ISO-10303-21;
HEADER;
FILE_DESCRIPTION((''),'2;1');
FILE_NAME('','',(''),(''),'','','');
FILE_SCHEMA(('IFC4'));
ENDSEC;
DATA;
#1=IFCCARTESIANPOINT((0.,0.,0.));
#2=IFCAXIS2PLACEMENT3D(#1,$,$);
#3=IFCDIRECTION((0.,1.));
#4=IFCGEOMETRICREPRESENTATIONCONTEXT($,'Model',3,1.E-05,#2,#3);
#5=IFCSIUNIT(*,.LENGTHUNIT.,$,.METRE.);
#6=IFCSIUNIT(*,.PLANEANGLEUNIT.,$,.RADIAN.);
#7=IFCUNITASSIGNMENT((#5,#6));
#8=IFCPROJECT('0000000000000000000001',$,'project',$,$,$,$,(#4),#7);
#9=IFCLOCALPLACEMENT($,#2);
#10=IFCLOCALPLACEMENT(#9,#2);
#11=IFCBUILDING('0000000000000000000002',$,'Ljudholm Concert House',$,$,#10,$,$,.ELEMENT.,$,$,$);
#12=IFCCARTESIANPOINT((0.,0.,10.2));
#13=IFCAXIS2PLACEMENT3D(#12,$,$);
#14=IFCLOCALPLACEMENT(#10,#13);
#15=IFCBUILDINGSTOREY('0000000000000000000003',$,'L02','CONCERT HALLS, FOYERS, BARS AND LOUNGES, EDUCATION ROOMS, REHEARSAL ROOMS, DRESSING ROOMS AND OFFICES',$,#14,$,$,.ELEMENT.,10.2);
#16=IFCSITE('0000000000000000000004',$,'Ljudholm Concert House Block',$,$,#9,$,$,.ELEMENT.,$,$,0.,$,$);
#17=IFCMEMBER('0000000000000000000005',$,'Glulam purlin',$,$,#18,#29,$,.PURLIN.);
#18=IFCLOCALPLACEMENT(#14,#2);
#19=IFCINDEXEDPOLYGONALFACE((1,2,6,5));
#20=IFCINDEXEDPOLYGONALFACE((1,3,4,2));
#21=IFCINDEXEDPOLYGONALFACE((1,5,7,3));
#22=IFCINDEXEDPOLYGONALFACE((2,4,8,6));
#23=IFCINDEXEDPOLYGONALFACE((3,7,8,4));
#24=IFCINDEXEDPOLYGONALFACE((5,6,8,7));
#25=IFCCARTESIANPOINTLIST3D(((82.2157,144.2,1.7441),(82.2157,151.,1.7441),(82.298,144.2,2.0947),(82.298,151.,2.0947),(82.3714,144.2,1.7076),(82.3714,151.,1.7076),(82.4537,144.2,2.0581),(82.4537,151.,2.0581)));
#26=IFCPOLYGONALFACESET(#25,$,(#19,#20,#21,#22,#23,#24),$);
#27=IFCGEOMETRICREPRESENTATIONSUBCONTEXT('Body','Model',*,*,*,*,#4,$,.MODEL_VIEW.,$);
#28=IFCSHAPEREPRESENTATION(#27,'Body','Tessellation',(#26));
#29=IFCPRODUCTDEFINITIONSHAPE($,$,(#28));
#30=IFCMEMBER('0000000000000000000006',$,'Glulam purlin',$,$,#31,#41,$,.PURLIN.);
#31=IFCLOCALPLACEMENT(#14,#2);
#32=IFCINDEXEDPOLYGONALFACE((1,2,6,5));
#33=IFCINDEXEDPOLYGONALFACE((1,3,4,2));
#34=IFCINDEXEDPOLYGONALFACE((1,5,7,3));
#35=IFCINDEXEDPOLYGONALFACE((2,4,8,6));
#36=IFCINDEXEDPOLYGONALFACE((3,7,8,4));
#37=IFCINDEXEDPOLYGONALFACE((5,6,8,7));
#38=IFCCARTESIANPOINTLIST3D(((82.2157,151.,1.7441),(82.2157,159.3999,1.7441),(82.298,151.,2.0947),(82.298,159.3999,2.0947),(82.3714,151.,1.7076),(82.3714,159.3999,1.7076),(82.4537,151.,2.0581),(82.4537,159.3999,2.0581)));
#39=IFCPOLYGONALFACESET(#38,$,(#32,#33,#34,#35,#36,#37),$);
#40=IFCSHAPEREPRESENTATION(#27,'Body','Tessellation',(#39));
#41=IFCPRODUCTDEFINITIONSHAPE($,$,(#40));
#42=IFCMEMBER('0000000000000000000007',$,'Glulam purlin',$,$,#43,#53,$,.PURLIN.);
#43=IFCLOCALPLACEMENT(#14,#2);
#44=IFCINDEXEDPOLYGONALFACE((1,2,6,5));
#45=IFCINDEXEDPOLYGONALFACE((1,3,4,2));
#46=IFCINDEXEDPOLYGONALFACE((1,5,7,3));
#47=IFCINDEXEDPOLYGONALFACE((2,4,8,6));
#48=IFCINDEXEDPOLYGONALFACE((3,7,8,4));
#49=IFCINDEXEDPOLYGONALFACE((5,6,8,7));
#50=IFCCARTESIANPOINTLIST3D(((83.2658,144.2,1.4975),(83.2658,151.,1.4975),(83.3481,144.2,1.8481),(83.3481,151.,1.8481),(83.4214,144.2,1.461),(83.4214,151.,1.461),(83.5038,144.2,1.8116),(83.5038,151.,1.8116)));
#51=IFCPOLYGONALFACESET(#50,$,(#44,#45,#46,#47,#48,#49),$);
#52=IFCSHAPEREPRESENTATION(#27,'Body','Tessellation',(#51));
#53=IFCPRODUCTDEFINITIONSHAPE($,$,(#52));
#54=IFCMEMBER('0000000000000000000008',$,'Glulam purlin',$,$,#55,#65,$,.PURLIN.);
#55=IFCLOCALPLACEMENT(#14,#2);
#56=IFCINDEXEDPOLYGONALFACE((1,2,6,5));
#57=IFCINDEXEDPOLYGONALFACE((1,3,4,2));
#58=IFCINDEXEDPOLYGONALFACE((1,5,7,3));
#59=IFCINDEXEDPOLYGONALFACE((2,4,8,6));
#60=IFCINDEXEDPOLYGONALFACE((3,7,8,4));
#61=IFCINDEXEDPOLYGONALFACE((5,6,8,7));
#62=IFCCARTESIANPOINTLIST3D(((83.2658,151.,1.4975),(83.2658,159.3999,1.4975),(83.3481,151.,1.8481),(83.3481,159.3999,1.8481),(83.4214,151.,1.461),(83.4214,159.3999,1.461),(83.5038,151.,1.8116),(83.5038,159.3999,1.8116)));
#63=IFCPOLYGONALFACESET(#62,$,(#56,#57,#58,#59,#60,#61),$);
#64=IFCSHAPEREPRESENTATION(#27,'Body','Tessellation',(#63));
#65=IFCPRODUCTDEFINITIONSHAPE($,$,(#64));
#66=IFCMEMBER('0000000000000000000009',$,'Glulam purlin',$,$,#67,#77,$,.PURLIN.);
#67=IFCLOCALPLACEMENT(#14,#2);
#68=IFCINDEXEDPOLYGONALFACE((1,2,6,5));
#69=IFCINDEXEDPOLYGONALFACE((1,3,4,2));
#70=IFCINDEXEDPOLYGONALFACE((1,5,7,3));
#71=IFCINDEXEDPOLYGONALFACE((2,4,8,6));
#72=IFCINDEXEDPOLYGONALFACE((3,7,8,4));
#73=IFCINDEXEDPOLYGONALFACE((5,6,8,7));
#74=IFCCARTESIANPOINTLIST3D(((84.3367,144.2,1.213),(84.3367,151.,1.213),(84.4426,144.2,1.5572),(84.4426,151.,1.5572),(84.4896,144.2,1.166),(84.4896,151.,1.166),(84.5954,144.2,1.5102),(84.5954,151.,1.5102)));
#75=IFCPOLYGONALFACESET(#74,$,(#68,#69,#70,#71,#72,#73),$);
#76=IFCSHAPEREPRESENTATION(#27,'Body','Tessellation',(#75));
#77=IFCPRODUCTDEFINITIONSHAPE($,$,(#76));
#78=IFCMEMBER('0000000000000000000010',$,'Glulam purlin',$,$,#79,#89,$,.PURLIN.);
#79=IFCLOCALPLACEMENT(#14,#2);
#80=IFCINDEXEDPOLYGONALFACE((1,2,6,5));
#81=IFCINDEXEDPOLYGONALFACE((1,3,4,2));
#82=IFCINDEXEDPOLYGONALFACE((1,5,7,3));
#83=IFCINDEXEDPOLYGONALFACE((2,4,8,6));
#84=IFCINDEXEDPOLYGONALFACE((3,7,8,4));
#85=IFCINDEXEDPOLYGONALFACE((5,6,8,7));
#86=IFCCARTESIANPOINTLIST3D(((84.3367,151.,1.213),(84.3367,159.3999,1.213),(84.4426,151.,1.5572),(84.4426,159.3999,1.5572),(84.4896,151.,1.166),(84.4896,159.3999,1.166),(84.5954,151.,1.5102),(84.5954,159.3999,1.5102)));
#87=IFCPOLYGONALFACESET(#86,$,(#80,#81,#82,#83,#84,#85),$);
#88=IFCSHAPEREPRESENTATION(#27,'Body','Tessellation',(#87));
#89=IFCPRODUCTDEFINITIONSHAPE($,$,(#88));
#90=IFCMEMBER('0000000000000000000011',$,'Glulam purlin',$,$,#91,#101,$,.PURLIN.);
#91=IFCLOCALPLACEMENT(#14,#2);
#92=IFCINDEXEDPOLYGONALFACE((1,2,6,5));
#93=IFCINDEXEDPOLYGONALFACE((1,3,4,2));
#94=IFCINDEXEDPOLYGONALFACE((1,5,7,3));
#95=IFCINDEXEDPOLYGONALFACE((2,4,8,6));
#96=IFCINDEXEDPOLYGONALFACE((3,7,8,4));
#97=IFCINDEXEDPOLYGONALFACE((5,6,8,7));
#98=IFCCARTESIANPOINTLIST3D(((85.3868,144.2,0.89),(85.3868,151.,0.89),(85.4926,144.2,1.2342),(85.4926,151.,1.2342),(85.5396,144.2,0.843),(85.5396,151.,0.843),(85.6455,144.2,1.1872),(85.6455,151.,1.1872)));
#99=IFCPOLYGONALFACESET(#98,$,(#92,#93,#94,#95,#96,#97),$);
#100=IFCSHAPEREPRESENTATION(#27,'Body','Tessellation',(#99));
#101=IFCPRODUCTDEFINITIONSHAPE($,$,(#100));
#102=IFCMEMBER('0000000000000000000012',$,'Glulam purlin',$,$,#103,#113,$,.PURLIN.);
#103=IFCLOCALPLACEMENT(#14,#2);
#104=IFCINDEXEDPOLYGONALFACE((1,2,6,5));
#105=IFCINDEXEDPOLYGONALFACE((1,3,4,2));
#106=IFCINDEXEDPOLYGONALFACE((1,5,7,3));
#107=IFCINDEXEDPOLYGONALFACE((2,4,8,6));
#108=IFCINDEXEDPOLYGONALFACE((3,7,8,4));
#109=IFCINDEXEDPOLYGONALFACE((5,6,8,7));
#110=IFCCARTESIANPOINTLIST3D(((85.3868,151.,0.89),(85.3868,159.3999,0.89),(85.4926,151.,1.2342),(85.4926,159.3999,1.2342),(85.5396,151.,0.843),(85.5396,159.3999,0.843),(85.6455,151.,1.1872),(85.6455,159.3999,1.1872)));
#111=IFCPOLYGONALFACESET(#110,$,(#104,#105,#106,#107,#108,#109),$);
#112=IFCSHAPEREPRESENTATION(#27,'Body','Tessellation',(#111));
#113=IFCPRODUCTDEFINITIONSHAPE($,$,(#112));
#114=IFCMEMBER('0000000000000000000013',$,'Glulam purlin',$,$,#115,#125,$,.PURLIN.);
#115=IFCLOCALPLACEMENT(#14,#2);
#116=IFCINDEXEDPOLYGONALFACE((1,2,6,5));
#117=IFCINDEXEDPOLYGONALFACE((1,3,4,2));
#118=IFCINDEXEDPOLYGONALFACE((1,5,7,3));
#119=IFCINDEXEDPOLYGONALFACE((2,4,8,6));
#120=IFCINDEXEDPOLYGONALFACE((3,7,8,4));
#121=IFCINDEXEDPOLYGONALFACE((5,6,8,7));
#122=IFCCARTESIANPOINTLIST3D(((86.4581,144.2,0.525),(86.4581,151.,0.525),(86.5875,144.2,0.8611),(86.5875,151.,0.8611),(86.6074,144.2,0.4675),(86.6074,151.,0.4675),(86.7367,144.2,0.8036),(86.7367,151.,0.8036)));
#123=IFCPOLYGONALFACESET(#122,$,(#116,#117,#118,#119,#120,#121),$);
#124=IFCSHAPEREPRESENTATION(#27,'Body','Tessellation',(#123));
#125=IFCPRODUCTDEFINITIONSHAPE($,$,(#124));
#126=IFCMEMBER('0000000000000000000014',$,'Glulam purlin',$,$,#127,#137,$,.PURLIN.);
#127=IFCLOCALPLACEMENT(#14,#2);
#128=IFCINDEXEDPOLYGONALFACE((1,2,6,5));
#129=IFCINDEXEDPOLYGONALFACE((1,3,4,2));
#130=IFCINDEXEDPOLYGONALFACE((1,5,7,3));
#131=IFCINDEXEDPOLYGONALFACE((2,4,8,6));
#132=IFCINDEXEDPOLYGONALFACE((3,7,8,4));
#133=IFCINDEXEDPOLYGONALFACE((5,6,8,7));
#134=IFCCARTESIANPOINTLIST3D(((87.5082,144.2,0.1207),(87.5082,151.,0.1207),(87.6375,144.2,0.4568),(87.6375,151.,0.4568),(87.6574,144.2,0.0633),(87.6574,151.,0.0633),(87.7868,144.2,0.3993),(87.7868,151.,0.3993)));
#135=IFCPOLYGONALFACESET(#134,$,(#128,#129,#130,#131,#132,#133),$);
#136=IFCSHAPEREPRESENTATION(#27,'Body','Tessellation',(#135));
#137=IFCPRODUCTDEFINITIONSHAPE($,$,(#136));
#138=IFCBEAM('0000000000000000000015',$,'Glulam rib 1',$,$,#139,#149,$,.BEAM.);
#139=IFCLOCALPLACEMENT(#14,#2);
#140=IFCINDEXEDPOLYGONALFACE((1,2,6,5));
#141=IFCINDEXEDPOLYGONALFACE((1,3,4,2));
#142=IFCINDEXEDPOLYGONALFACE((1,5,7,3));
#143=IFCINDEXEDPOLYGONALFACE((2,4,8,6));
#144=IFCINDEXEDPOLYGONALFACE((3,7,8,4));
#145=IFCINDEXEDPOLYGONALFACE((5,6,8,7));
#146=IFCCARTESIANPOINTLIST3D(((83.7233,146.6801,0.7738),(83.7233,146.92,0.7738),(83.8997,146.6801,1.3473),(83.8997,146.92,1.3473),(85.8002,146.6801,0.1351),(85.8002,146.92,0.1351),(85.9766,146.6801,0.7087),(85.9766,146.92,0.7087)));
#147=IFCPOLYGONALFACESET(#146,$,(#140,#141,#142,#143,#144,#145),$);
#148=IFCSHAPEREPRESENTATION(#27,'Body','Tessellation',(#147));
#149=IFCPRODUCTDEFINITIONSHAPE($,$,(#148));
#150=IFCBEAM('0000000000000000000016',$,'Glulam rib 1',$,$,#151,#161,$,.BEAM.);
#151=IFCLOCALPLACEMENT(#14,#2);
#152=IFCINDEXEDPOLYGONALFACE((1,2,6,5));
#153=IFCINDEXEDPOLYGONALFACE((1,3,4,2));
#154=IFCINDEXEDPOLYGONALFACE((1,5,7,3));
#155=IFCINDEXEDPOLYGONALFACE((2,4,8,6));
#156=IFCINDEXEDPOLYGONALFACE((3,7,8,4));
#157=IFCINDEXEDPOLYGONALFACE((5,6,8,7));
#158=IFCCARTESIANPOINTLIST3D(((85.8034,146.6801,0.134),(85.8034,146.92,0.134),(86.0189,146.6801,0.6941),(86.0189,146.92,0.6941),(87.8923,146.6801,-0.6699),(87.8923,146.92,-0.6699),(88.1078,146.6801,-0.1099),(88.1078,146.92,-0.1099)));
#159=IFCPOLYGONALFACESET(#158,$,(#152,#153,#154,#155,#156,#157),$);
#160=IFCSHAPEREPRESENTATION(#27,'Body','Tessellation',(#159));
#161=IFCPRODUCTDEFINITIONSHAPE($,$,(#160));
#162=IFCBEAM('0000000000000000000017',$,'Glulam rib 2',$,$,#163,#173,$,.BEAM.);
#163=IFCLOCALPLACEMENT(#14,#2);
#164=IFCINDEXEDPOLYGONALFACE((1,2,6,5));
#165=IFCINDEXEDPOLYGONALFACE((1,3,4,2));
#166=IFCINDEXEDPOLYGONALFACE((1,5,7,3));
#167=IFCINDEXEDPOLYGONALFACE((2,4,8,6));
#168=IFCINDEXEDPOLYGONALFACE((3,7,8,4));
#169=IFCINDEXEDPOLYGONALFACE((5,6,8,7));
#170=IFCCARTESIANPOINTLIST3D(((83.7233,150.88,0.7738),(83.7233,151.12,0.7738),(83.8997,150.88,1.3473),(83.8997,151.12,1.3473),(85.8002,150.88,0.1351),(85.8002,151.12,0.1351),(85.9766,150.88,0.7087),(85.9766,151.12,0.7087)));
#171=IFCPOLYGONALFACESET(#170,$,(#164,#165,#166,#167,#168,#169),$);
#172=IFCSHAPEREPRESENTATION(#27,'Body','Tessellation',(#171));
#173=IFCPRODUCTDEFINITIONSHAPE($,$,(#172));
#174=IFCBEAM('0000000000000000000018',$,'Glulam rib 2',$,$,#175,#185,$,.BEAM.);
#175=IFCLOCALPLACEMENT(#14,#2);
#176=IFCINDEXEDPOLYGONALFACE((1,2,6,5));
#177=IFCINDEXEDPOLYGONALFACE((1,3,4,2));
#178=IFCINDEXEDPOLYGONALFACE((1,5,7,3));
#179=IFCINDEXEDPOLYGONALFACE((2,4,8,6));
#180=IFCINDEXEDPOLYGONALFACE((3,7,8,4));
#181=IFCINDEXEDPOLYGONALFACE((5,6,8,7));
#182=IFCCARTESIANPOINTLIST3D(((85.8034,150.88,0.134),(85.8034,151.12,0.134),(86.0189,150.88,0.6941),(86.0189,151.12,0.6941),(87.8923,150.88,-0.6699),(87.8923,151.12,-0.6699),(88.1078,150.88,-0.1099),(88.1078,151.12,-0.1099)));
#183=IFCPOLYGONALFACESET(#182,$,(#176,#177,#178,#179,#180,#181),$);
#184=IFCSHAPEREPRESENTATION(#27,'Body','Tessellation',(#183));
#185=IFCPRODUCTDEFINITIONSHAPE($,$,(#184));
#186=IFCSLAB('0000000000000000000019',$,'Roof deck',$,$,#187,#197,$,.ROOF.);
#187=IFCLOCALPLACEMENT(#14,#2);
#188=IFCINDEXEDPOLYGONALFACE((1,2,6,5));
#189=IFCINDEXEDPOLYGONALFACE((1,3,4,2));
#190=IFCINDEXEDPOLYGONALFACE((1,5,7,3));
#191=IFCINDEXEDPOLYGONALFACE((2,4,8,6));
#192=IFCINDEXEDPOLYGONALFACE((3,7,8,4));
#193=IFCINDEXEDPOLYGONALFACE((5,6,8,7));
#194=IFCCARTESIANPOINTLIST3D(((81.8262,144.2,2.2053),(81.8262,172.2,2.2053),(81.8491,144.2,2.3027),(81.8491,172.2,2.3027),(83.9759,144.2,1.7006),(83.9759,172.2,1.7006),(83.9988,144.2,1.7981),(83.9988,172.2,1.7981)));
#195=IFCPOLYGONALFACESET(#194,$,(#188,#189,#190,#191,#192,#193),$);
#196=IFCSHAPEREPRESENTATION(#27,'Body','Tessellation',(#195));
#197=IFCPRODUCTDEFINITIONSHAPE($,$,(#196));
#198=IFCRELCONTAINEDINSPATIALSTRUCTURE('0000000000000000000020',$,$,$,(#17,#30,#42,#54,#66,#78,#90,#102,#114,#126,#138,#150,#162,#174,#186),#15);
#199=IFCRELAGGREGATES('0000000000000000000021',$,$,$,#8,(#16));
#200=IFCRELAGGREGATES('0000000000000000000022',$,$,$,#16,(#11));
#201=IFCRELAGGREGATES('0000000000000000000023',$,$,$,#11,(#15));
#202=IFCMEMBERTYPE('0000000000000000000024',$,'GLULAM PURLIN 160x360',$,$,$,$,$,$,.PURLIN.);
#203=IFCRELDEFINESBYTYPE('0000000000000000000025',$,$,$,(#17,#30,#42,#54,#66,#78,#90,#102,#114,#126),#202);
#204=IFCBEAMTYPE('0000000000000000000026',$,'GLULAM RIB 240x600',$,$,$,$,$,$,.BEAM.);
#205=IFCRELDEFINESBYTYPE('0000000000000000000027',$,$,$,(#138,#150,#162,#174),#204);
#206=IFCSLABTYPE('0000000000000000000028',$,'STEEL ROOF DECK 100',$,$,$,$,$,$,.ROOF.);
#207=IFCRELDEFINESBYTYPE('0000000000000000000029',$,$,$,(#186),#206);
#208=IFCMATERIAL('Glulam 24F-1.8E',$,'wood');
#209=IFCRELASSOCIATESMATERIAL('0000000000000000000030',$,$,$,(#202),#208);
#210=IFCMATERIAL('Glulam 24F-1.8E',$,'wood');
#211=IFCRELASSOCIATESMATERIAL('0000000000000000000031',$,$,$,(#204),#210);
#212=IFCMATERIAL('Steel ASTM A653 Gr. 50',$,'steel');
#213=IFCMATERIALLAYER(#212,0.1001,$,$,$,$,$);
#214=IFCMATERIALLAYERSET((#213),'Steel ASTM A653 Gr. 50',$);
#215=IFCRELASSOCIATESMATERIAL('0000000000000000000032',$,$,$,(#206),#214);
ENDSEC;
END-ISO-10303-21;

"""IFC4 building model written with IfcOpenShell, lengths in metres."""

from ifc_helpers import new_model, si_unit, direction, frame, origin, origin_2d, place, context, subcontext, project, spatial, polyline, rectangle, outline, extrude, material, layer, layer_set, material_profile, profile_set, type_object, element, save


model = new_model("IFC4")

# Units and contexts
model_context = context("Model", 3, precision=1e-05, world=origin(), true_north=direction((0.0, 1.0)))
body_context = subcontext(model_context, "Body", "Model", "MODEL_VIEW")
ifc_project = project(units=[si_unit("LENGTHUNIT", "METRE"), si_unit("PLANEANGLEUNIT", "RADIAN")], contexts=[model_context])

# Site, building, storey
site_placement = place(None, origin())
site = spatial("IfcSite", under=ifc_project, at=site_placement, Name="Ljudholm Concert House Block", CompositionType="ELEMENT", RefElevation=0.0)
building_placement = place(site_placement, origin())
building = spatial("IfcBuilding", under=site, at=building_placement, Name="Ljudholm Concert House", CompositionType="ELEMENT")
storey_placement = place(building_placement, frame((0.0, 0.0, 10.2)))
storey = spatial("IfcBuildingStorey", under=building, at=storey_placement, Name="L02", Description="CONCERT HALLS, FOYERS, BARS AND LOUNGES, EDUCATION ROOMS, REHEARSAL ROOMS, DRESSING ROOMS AND OFFICES", CompositionType="ELEMENT", Elevation=10.2)

# Members
ifc_material_1 = material(Name="Glulam 24F-1.8E", Category="wood")
ifc_material_profile_1 = material_profile(ifc_material_1, rectangle(XDim=0.1599, YDim=0.3601, at=origin_2d()), Name="GLULAM PURLIN 160x360")
ifc_profile_set_1 = profile_set([ifc_material_profile_1], Name="Glulam 24F-1.8E")
member_type = type_object("IfcMemberType", Name="GLULAM PURLIN 160x360", PredefinedType="PURLIN", material=ifc_profile_set_1)
member_1_placement = place(storey_placement, frame((82.3347, 144.2, 1.9011), z_axis=(0.0, 1.0, 0.0), x_axis=(-0.973523, 0.0, 0.228589)))
element("IfcMember", 1, at=member_1_placement, inside=storey, type_object=member_type, Name="Glulam purlin", PredefinedType="PURLIN", context=body_context, shape_type="SweptSolid", body=[
    extrude(rectangle(XDim=0.1599, YDim=0.3601, at=origin_2d()), origin(), (0.0, 0.0, 1.0), 6.8),
])
member_2_placement = place(storey_placement, frame((82.3347, 151.0, 1.9011), z_axis=(0.0, 1.0, 0.0), x_axis=(-0.973523, 0.0, 0.228589)))
element("IfcMember", 2, at=member_2_placement, inside=storey, type_object=member_type, Name="Glulam purlin", PredefinedType="PURLIN", context=body_context, shape_type="SweptSolid", body=[
    extrude(rectangle(XDim=0.1599, YDim=0.3601, at=origin_2d()), origin(), (0.0, 0.0, 1.0), 8.3999),
])
member_3_placement = place(storey_placement, frame((83.3848, 144.2, 1.6545), z_axis=(0.0, 1.0, 0.0), x_axis=(-0.973523, 0.0, 0.228589)))
element("IfcMember", 3, at=member_3_placement, inside=storey, type_object=member_type, Name="Glulam purlin", PredefinedType="PURLIN", context=body_context, shape_type="SweptSolid", body=[
    extrude(rectangle(XDim=0.1599, YDim=0.3601, at=origin_2d()), origin(), (0.0, 0.0, 1.0), 6.8),
])
member_4_placement = place(storey_placement, frame((83.3848, 151.0, 1.6545), z_axis=(0.0, 1.0, 0.0), x_axis=(-0.973523, 0.0, 0.228589)))
element("IfcMember", 4, at=member_4_placement, inside=storey, type_object=member_type, Name="Glulam purlin", PredefinedType="PURLIN", context=body_context, shape_type="SweptSolid", body=[
    extrude(rectangle(XDim=0.1599, YDim=0.3601, at=origin_2d()), origin(), (0.0, 0.0, 1.0), 8.3999),
])
member_5_placement = place(storey_placement, frame((84.4661, 144.2, 1.3616), z_axis=(0.0, 1.0, 0.0), x_axis=(-0.955834, 0.0, 0.293906)))
element("IfcMember", 5, at=member_5_placement, inside=storey, type_object=member_type, Name="Glulam purlin", PredefinedType="PURLIN", context=body_context, shape_type="SweptSolid", body=[
    extrude(rectangle(XDim=0.1599, YDim=0.3601, at=origin_2d()), origin(), (0.0, 0.0, 1.0), 6.8),
])
member_6_placement = place(storey_placement, frame((84.4661, 151.0, 1.3616), z_axis=(0.0, 1.0, 0.0), x_axis=(-0.955834, 0.0, 0.293906)))
element("IfcMember", 6, at=member_6_placement, inside=storey, type_object=member_type, Name="Glulam purlin", PredefinedType="PURLIN", context=body_context, shape_type="SweptSolid", body=[
    extrude(rectangle(XDim=0.1599, YDim=0.3601, at=origin_2d()), origin(), (0.0, 0.0, 1.0), 8.3999),
])
member_7_placement = place(storey_placement, frame((85.5161, 144.2, 1.0386), z_axis=(0.0, 1.0, 0.0), x_axis=(-0.955834, 0.0, 0.293906)))
element("IfcMember", 7, at=member_7_placement, inside=storey, type_object=member_type, Name="Glulam purlin", PredefinedType="PURLIN", context=body_context, shape_type="SweptSolid", body=[
    extrude(rectangle(XDim=0.1599, YDim=0.3601, at=origin_2d()), origin(), (0.0, 0.0, 1.0), 6.8),
])
member_8_placement = place(storey_placement, frame((85.5161, 151.0, 1.0386), z_axis=(0.0, 1.0, 0.0), x_axis=(-0.955834, 0.0, 0.293906)))
element("IfcMember", 8, at=member_8_placement, inside=storey, type_object=member_type, Name="Glulam purlin", PredefinedType="PURLIN", context=body_context, shape_type="SweptSolid", body=[
    extrude(rectangle(XDim=0.1599, YDim=0.3601, at=origin_2d()), origin(), (0.0, 0.0, 1.0), 8.3999),
])
for number, where, z_axis, x_axis, name in (
    (9, (86.5974, 144.2, 0.6643), (0.0, 1.0, 0.0), (-0.933249, 0.0, 0.359229), "Glulam purlin"),
    (10, (87.6475, 144.2, 0.26), (0.0, 1.0, 0.0), (-0.933249, 0.0, 0.359229), "Glulam purlin"),
):
    element("IfcMember", number, at=place(storey_placement, frame(where, z_axis=z_axis, x_axis=x_axis)), inside=storey, type_object=member_type, Name=name, PredefinedType="PURLIN", context=body_context, shape_type="SweptSolid", body=[
        extrude(rectangle(XDim=0.1599, YDim=0.3601, at=origin_2d()), origin(), (0.0, 0.0, 1.0), 6.8),
    ])

# Beams
ifc_material_2 = material(Name="Glulam 24F-1.8E", Category="wood")
ifc_material_profile_2 = material_profile(ifc_material_2, rectangle(XDim=0.24, YDim=0.6001, at=origin_2d()), Name="GLULAM RIB 240x600")
ifc_profile_set_2 = profile_set([ifc_material_profile_2], Name="Glulam 24F-1.8E")
beam_type = type_object("IfcBeamType", Name="GLULAM RIB 240x600", PredefinedType="BEAM", material=ifc_profile_set_2)
beam_1_placement = place(storey_placement, frame((83.8115, 146.8, 1.0605), z_axis=(0.955828, 0.0, -0.293928), x_axis=(0.0, 1.0, 0.0)))
element("IfcBeam", 11, at=beam_1_placement, inside=storey, type_object=beam_type, Name="Glulam rib 1", PredefinedType="BEAM", context=body_context, shape_type="SweptSolid", body=[
    extrude(rectangle(XDim=0.24, YDim=0.6001, at=origin_2d()), origin(), (0.0, 0.0, 1.0), 2.1729),
])
beam_2_placement = place(storey_placement, frame((85.9111, 146.8, 0.4141), z_axis=(0.933264, 0.0, -0.359191), x_axis=(0.0, 1.0, 0.0)))
element("IfcBeam", 12, at=beam_2_placement, inside=storey, type_object=beam_type, Name="Glulam rib 1", PredefinedType="BEAM", context=body_context, shape_type="SweptSolid", body=[
    extrude(rectangle(XDim=0.24, YDim=0.6001, at=origin_2d()), origin(), (0.0, 0.0, 1.0), 2.2383),
])
beam_3_placement = place(storey_placement, frame((83.8115, 151.0, 1.0605), z_axis=(0.955828, 0.0, -0.293928), x_axis=(0.0, 1.0, 0.0)))
element("IfcBeam", 13, at=beam_3_placement, inside=storey, type_object=beam_type, Name="Glulam rib 2", PredefinedType="BEAM", context=body_context, shape_type="SweptSolid", body=[
    extrude(rectangle(XDim=0.24, YDim=0.6001, at=origin_2d()), origin(), (0.0, 0.0, 1.0), 2.1729),
])
beam_4_placement = place(storey_placement, frame((85.9111, 151.0, 0.4141), z_axis=(0.933264, 0.0, -0.359191), x_axis=(0.0, 1.0, 0.0)))
element("IfcBeam", 14, at=beam_4_placement, inside=storey, type_object=beam_type, Name="Glulam rib 2", PredefinedType="BEAM", context=body_context, shape_type="SweptSolid", body=[
    extrude(rectangle(XDim=0.24, YDim=0.6001, at=origin_2d()), origin(), (0.0, 0.0, 1.0), 2.2383),
])

# Slab
ifc_material_3 = material(Name="Steel ASTM A653 Gr. 50", Category="steel")
ifc_layer_1 = layer(ifc_material_3, 0.1001)
ifc_layer_set_1 = layer_set([ifc_layer_1], Name="Steel ASTM A653 Gr. 50")
slab_type = type_object("IfcSlabType", Name="STEEL ROOF DECK 100", PredefinedType="ROOF", material=ifc_layer_set_1)
slab_1_placement = place(storey_placement, frame((81.8491, 144.2, 2.3027), z_axis=(0.22854, 0.0, 0.973534), x_axis=(0.973534, 0.0, -0.22854)))
element("IfcSlab", 15, at=slab_1_placement, inside=storey, type_object=slab_type, Name="Roof deck", PredefinedType="ROOF", context=body_context, shape_type="SweptSolid", body=[
    extrude(outline(polyline([(0.0, 0.0), (2.2081, 0.0), (2.2081, 28.0), (0.0, 28.0), (0.0, 0.0)])), origin(), (0.0, 0.0, -1.0), 0.1001),
])

save(model, "model.ifc")
